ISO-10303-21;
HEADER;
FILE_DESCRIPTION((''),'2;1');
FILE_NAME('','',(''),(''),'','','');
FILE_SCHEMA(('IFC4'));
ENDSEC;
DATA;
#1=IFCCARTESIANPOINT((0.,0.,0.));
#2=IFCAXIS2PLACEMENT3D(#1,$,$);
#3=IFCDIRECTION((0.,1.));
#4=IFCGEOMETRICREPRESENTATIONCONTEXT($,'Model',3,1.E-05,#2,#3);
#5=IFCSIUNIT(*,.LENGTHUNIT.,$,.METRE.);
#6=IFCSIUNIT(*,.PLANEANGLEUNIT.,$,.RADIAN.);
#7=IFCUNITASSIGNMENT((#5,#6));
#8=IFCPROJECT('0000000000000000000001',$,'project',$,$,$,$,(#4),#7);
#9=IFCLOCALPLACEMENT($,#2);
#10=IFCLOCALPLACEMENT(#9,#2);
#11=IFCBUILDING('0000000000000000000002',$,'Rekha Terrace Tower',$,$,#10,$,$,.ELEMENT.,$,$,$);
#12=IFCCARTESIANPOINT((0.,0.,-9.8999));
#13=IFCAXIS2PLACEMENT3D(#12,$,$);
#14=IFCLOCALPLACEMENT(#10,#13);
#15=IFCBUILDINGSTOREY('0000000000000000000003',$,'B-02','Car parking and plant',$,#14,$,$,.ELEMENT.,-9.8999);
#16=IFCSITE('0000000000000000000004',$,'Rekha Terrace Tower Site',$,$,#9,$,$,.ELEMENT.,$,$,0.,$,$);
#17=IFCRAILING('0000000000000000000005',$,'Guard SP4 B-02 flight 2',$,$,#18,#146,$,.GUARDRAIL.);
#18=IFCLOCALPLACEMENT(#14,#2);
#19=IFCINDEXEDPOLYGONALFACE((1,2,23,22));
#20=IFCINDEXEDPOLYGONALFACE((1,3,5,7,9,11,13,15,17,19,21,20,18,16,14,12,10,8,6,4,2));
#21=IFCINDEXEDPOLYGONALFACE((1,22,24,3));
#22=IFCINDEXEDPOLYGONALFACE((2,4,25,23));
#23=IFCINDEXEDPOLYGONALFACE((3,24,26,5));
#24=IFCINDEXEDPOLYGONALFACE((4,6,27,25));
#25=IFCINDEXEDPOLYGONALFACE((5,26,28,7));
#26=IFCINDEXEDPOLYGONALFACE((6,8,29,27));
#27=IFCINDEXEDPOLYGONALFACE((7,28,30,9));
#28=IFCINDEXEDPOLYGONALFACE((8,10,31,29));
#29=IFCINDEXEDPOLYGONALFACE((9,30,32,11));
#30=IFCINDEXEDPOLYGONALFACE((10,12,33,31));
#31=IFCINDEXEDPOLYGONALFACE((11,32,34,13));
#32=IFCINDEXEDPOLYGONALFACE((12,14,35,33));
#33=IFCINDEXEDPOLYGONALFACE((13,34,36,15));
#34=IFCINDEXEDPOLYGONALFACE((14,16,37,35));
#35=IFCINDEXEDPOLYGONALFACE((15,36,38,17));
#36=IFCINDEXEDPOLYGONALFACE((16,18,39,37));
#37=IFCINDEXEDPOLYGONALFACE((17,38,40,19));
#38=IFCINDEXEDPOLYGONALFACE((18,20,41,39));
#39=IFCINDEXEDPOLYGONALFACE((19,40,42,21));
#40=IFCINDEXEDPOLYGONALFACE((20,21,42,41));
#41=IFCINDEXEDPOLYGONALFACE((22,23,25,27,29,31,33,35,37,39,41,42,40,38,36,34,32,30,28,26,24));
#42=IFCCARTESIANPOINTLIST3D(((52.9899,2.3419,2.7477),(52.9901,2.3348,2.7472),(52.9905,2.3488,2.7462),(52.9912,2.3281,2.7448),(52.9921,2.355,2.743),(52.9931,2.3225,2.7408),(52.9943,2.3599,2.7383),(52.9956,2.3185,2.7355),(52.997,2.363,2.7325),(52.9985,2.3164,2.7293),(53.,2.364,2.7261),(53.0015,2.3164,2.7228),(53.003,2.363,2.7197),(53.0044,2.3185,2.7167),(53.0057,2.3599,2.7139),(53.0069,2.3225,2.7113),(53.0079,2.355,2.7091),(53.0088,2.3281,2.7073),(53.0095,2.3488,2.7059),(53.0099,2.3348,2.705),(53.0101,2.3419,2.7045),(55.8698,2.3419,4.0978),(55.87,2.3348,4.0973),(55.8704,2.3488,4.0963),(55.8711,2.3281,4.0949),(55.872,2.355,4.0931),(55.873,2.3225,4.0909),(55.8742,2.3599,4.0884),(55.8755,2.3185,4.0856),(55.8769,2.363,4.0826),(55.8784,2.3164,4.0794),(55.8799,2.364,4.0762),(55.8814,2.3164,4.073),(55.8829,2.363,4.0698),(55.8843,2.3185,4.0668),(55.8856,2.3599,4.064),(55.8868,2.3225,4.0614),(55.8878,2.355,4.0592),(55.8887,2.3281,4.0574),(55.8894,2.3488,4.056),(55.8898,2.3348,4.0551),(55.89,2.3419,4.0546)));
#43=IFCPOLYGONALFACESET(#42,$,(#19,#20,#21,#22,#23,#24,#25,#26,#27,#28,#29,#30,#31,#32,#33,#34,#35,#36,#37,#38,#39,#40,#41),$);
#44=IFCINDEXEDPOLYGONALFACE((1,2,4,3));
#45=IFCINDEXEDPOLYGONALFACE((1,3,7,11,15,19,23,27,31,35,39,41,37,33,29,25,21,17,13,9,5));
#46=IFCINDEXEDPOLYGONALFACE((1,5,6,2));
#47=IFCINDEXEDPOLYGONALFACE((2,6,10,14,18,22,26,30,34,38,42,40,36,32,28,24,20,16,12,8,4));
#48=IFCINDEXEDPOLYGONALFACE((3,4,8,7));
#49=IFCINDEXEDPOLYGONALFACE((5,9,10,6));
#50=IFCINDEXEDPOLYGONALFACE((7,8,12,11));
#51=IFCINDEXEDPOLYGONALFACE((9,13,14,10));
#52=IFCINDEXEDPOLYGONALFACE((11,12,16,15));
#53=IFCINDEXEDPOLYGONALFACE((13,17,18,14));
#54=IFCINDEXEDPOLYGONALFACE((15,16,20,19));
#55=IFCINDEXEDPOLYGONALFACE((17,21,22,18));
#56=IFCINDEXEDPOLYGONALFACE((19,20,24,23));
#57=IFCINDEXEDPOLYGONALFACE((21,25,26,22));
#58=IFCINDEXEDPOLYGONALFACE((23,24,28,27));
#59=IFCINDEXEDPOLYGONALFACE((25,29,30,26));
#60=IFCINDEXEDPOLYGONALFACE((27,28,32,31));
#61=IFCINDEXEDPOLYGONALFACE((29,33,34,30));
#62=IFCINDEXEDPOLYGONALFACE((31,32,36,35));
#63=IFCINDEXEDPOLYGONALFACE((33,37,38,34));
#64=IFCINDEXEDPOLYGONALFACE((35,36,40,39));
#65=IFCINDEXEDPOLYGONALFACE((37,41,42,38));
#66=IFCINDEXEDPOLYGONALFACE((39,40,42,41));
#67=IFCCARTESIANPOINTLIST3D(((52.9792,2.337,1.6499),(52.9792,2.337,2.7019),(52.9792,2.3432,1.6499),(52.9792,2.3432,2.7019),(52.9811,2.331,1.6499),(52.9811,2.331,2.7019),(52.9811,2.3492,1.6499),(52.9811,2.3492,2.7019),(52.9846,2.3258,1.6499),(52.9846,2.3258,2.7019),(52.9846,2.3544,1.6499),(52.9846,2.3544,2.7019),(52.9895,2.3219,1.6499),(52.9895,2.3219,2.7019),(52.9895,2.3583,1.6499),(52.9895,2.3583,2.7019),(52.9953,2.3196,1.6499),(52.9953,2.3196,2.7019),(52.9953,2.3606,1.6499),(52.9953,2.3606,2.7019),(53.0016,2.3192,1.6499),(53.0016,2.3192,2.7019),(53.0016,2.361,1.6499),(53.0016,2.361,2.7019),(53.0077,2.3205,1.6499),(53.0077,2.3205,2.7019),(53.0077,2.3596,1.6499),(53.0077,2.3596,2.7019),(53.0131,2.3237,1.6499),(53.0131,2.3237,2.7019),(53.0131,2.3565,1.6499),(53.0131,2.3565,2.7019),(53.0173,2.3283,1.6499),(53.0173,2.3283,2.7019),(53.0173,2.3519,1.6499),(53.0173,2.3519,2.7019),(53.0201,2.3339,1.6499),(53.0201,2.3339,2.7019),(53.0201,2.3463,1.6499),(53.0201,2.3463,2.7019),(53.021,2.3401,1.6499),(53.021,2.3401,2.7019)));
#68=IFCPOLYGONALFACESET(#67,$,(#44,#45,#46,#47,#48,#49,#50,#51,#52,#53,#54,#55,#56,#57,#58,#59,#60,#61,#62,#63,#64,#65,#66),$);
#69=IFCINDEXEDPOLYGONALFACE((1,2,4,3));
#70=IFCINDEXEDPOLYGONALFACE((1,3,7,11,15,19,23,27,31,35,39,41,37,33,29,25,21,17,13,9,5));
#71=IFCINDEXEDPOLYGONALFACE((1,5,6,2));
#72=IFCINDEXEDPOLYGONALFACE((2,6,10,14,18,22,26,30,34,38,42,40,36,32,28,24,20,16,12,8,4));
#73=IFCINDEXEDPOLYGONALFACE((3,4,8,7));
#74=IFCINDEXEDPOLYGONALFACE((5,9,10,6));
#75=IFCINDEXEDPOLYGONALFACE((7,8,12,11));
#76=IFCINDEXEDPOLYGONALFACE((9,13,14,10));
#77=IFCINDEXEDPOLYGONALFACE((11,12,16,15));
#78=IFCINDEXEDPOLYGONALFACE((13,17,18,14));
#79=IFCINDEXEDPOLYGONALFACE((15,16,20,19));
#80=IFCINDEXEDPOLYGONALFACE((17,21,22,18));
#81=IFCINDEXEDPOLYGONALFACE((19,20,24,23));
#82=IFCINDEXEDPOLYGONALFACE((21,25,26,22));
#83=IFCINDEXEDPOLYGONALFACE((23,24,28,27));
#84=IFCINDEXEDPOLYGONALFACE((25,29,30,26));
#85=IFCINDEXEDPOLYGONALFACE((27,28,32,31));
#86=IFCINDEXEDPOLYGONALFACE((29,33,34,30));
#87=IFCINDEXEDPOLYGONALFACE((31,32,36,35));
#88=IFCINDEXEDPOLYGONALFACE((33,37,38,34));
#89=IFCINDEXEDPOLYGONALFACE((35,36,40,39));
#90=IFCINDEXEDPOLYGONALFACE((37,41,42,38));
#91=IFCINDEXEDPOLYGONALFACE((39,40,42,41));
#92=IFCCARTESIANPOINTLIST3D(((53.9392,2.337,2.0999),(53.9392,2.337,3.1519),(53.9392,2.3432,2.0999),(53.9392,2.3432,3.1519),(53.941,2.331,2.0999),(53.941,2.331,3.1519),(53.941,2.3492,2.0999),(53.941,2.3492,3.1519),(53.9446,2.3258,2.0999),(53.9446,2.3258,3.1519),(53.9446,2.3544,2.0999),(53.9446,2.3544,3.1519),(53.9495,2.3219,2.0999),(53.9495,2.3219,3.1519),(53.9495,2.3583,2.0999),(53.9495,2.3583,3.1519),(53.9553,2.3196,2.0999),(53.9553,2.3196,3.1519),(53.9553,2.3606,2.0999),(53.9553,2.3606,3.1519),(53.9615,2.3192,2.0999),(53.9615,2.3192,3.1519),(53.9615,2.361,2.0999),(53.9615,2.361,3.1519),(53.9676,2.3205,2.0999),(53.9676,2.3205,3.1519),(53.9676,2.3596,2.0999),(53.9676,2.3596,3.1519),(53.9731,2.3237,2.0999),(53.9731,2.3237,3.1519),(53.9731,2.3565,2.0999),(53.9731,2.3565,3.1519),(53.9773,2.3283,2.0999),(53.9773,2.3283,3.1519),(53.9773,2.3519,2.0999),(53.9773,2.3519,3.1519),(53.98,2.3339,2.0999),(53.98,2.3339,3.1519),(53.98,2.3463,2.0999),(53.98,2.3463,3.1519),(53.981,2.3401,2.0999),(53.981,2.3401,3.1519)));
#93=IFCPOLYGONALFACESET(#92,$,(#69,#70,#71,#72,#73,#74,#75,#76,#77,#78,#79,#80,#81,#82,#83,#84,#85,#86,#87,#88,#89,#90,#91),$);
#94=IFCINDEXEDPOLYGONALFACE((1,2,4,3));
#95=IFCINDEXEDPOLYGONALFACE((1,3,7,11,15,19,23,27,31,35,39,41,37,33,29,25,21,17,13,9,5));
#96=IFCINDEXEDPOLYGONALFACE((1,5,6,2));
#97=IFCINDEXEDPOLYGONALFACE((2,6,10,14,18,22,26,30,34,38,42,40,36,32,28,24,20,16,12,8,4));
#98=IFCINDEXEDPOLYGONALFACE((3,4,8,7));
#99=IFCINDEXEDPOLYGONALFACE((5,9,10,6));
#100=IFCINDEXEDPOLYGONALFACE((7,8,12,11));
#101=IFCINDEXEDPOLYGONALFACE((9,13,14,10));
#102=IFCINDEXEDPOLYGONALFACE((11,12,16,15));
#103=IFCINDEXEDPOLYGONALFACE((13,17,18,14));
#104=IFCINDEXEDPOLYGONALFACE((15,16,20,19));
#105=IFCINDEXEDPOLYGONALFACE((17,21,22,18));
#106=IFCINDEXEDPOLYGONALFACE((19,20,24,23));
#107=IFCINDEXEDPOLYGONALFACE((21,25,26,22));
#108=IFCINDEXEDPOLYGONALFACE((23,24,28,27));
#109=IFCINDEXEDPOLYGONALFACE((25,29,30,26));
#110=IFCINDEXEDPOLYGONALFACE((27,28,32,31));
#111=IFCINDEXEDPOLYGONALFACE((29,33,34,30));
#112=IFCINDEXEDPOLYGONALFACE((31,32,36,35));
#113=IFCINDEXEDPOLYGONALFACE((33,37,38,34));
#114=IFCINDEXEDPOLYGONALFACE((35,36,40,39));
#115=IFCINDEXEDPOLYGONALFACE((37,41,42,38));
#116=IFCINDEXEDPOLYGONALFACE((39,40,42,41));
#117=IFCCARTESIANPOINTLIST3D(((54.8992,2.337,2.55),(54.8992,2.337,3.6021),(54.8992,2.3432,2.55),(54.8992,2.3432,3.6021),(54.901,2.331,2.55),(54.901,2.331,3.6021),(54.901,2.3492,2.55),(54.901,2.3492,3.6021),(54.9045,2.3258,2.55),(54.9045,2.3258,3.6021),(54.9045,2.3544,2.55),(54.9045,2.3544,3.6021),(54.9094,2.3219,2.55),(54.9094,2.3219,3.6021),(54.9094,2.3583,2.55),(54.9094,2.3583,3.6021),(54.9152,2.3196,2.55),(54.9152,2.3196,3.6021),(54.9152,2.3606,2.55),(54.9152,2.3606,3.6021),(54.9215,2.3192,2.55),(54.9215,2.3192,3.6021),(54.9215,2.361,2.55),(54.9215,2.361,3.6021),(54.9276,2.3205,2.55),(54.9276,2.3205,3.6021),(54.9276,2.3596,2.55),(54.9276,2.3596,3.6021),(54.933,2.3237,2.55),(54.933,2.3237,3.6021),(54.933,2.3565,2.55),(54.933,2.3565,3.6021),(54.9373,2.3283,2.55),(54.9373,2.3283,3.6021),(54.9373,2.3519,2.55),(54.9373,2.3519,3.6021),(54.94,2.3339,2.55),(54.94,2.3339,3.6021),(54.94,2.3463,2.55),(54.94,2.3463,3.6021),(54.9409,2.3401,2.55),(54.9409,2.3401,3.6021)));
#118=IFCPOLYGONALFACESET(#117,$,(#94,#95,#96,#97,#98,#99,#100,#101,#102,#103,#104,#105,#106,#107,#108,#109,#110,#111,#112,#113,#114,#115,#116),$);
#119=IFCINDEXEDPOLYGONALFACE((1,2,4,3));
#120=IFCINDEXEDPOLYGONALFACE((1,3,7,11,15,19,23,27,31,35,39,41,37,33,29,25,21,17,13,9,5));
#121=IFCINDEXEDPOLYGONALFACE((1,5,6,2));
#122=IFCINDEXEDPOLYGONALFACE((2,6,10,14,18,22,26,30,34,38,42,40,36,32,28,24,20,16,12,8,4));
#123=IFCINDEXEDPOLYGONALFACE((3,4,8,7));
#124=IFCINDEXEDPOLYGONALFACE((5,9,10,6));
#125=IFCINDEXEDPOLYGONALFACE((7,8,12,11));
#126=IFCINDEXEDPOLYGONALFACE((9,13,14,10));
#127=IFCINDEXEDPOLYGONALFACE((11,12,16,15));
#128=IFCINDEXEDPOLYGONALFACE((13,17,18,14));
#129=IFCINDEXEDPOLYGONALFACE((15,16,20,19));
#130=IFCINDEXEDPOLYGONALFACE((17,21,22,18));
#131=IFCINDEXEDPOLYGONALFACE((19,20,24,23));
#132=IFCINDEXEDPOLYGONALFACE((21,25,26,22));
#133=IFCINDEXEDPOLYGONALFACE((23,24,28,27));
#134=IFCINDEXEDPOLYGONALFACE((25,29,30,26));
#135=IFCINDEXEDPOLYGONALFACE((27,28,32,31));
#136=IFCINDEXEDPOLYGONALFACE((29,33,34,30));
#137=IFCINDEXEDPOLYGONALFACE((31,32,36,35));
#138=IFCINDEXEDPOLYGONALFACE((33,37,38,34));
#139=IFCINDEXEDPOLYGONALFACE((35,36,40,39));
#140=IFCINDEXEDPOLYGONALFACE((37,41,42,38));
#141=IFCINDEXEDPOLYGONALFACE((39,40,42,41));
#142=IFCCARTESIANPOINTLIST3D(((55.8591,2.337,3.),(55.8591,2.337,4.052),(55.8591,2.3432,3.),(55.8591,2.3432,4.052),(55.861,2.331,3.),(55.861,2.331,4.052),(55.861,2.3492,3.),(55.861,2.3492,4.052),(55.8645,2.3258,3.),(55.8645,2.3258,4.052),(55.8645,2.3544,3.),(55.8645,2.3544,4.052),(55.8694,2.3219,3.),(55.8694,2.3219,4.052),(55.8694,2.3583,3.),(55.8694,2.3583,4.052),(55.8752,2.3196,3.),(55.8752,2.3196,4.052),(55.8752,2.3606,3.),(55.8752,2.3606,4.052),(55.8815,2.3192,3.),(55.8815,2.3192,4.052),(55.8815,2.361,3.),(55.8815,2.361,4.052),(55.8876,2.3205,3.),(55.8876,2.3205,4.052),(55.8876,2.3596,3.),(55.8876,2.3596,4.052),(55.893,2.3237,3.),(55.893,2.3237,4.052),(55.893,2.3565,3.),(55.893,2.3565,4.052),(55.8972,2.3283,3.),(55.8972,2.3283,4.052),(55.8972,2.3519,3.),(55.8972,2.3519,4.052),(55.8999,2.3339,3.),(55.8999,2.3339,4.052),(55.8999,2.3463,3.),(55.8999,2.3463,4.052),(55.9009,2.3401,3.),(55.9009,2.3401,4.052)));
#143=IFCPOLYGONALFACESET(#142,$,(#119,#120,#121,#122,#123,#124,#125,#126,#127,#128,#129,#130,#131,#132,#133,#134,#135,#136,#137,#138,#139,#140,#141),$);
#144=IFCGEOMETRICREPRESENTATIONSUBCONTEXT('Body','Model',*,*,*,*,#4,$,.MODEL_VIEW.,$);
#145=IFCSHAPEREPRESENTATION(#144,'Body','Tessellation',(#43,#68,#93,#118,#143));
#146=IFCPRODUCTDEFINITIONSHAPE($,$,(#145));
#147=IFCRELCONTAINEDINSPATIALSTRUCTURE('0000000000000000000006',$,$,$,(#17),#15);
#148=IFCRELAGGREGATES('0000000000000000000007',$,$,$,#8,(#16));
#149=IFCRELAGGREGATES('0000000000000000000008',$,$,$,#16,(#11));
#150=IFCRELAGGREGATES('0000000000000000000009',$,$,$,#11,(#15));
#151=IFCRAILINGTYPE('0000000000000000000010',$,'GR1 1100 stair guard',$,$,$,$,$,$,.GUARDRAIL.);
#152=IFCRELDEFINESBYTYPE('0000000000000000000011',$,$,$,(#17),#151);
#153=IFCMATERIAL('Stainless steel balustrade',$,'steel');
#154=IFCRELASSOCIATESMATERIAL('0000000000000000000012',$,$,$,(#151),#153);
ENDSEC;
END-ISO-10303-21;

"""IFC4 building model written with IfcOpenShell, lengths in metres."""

from ifc_helpers import new_model, si_unit, direction, frame, origin, origin_2d, place, context, subcontext, project, spatial, circle, extrude, material, type_object, element, save


model = new_model("IFC4")

# Units and contexts
model_context = context("Model", 3, precision=1e-05, world=origin(), true_north=direction((0.0, 1.0)))
body_context = subcontext(model_context, "Body", "Model", "MODEL_VIEW")
ifc_project = project(units=[si_unit("LENGTHUNIT", "METRE"), si_unit("PLANEANGLEUNIT", "RADIAN")], contexts=[model_context])

# Site, building, storey
site_placement = place(None, origin())
site = spatial("IfcSite", under=ifc_project, at=site_placement, Name="Rekha Terrace Tower Site", CompositionType="ELEMENT", RefElevation=0.0)
building_placement = place(site_placement, origin())
building = spatial("IfcBuilding", under=site, at=building_placement, Name="Rekha Terrace Tower", CompositionType="ELEMENT")
storey_placement = place(building_placement, frame((0.0, 0.0, -9.8999)))
storey = spatial("IfcBuildingStorey", under=building, at=storey_placement, Name="B-02", Description="Car parking and plant", CompositionType="ELEMENT", Elevation=-9.8999)

# Railing
ifc_material_1 = material(Name="Stainless steel balustrade", Category="steel")
railing_type_1 = type_object("IfcRailingType", Name="GR1 1100 stair guard", PredefinedType="GUARDRAIL", material=ifc_material_1)
railing_1_placement = place(storey_placement, frame((53.0, 2.3401, 1.6499)))
element("IfcRailing", 1, at=railing_1_placement, inside=storey, type_object=railing_type_1, Name="Guard SP4 B-02 flight 2", PredefinedType="GUARDRAIL", context=body_context, shape_type="SweptSolid", body=[
    extrude(circle(Radius=0.0239, at=origin_2d()), frame((0.0, 0.0, 1.0762), z_axis=(0.90544, 0.0, 0.424473), x_axis=(0.0, 1.0, 0.0)), (0.0, 0.0, 1.0), 3.1807),
    extrude(circle(Radius=0.021, at=origin_2d()), origin(), (0.0, 0.0, 1.0), 1.052),
    extrude(circle(Radius=0.021, at=origin_2d()), frame((0.96, 0.0, 0.45)), (0.0, 0.0, 1.0), 1.052),
    extrude(circle(Radius=0.021, at=origin_2d()), frame((1.9199, 0.0, 0.9001)), (0.0, 0.0, 1.0), 1.052),
    extrude(circle(Radius=0.021, at=origin_2d()), frame((2.8799, 0.0, 1.3501)), (0.0, 0.0, 1.0), 1.052),
])

save(model, "model.ifc")
